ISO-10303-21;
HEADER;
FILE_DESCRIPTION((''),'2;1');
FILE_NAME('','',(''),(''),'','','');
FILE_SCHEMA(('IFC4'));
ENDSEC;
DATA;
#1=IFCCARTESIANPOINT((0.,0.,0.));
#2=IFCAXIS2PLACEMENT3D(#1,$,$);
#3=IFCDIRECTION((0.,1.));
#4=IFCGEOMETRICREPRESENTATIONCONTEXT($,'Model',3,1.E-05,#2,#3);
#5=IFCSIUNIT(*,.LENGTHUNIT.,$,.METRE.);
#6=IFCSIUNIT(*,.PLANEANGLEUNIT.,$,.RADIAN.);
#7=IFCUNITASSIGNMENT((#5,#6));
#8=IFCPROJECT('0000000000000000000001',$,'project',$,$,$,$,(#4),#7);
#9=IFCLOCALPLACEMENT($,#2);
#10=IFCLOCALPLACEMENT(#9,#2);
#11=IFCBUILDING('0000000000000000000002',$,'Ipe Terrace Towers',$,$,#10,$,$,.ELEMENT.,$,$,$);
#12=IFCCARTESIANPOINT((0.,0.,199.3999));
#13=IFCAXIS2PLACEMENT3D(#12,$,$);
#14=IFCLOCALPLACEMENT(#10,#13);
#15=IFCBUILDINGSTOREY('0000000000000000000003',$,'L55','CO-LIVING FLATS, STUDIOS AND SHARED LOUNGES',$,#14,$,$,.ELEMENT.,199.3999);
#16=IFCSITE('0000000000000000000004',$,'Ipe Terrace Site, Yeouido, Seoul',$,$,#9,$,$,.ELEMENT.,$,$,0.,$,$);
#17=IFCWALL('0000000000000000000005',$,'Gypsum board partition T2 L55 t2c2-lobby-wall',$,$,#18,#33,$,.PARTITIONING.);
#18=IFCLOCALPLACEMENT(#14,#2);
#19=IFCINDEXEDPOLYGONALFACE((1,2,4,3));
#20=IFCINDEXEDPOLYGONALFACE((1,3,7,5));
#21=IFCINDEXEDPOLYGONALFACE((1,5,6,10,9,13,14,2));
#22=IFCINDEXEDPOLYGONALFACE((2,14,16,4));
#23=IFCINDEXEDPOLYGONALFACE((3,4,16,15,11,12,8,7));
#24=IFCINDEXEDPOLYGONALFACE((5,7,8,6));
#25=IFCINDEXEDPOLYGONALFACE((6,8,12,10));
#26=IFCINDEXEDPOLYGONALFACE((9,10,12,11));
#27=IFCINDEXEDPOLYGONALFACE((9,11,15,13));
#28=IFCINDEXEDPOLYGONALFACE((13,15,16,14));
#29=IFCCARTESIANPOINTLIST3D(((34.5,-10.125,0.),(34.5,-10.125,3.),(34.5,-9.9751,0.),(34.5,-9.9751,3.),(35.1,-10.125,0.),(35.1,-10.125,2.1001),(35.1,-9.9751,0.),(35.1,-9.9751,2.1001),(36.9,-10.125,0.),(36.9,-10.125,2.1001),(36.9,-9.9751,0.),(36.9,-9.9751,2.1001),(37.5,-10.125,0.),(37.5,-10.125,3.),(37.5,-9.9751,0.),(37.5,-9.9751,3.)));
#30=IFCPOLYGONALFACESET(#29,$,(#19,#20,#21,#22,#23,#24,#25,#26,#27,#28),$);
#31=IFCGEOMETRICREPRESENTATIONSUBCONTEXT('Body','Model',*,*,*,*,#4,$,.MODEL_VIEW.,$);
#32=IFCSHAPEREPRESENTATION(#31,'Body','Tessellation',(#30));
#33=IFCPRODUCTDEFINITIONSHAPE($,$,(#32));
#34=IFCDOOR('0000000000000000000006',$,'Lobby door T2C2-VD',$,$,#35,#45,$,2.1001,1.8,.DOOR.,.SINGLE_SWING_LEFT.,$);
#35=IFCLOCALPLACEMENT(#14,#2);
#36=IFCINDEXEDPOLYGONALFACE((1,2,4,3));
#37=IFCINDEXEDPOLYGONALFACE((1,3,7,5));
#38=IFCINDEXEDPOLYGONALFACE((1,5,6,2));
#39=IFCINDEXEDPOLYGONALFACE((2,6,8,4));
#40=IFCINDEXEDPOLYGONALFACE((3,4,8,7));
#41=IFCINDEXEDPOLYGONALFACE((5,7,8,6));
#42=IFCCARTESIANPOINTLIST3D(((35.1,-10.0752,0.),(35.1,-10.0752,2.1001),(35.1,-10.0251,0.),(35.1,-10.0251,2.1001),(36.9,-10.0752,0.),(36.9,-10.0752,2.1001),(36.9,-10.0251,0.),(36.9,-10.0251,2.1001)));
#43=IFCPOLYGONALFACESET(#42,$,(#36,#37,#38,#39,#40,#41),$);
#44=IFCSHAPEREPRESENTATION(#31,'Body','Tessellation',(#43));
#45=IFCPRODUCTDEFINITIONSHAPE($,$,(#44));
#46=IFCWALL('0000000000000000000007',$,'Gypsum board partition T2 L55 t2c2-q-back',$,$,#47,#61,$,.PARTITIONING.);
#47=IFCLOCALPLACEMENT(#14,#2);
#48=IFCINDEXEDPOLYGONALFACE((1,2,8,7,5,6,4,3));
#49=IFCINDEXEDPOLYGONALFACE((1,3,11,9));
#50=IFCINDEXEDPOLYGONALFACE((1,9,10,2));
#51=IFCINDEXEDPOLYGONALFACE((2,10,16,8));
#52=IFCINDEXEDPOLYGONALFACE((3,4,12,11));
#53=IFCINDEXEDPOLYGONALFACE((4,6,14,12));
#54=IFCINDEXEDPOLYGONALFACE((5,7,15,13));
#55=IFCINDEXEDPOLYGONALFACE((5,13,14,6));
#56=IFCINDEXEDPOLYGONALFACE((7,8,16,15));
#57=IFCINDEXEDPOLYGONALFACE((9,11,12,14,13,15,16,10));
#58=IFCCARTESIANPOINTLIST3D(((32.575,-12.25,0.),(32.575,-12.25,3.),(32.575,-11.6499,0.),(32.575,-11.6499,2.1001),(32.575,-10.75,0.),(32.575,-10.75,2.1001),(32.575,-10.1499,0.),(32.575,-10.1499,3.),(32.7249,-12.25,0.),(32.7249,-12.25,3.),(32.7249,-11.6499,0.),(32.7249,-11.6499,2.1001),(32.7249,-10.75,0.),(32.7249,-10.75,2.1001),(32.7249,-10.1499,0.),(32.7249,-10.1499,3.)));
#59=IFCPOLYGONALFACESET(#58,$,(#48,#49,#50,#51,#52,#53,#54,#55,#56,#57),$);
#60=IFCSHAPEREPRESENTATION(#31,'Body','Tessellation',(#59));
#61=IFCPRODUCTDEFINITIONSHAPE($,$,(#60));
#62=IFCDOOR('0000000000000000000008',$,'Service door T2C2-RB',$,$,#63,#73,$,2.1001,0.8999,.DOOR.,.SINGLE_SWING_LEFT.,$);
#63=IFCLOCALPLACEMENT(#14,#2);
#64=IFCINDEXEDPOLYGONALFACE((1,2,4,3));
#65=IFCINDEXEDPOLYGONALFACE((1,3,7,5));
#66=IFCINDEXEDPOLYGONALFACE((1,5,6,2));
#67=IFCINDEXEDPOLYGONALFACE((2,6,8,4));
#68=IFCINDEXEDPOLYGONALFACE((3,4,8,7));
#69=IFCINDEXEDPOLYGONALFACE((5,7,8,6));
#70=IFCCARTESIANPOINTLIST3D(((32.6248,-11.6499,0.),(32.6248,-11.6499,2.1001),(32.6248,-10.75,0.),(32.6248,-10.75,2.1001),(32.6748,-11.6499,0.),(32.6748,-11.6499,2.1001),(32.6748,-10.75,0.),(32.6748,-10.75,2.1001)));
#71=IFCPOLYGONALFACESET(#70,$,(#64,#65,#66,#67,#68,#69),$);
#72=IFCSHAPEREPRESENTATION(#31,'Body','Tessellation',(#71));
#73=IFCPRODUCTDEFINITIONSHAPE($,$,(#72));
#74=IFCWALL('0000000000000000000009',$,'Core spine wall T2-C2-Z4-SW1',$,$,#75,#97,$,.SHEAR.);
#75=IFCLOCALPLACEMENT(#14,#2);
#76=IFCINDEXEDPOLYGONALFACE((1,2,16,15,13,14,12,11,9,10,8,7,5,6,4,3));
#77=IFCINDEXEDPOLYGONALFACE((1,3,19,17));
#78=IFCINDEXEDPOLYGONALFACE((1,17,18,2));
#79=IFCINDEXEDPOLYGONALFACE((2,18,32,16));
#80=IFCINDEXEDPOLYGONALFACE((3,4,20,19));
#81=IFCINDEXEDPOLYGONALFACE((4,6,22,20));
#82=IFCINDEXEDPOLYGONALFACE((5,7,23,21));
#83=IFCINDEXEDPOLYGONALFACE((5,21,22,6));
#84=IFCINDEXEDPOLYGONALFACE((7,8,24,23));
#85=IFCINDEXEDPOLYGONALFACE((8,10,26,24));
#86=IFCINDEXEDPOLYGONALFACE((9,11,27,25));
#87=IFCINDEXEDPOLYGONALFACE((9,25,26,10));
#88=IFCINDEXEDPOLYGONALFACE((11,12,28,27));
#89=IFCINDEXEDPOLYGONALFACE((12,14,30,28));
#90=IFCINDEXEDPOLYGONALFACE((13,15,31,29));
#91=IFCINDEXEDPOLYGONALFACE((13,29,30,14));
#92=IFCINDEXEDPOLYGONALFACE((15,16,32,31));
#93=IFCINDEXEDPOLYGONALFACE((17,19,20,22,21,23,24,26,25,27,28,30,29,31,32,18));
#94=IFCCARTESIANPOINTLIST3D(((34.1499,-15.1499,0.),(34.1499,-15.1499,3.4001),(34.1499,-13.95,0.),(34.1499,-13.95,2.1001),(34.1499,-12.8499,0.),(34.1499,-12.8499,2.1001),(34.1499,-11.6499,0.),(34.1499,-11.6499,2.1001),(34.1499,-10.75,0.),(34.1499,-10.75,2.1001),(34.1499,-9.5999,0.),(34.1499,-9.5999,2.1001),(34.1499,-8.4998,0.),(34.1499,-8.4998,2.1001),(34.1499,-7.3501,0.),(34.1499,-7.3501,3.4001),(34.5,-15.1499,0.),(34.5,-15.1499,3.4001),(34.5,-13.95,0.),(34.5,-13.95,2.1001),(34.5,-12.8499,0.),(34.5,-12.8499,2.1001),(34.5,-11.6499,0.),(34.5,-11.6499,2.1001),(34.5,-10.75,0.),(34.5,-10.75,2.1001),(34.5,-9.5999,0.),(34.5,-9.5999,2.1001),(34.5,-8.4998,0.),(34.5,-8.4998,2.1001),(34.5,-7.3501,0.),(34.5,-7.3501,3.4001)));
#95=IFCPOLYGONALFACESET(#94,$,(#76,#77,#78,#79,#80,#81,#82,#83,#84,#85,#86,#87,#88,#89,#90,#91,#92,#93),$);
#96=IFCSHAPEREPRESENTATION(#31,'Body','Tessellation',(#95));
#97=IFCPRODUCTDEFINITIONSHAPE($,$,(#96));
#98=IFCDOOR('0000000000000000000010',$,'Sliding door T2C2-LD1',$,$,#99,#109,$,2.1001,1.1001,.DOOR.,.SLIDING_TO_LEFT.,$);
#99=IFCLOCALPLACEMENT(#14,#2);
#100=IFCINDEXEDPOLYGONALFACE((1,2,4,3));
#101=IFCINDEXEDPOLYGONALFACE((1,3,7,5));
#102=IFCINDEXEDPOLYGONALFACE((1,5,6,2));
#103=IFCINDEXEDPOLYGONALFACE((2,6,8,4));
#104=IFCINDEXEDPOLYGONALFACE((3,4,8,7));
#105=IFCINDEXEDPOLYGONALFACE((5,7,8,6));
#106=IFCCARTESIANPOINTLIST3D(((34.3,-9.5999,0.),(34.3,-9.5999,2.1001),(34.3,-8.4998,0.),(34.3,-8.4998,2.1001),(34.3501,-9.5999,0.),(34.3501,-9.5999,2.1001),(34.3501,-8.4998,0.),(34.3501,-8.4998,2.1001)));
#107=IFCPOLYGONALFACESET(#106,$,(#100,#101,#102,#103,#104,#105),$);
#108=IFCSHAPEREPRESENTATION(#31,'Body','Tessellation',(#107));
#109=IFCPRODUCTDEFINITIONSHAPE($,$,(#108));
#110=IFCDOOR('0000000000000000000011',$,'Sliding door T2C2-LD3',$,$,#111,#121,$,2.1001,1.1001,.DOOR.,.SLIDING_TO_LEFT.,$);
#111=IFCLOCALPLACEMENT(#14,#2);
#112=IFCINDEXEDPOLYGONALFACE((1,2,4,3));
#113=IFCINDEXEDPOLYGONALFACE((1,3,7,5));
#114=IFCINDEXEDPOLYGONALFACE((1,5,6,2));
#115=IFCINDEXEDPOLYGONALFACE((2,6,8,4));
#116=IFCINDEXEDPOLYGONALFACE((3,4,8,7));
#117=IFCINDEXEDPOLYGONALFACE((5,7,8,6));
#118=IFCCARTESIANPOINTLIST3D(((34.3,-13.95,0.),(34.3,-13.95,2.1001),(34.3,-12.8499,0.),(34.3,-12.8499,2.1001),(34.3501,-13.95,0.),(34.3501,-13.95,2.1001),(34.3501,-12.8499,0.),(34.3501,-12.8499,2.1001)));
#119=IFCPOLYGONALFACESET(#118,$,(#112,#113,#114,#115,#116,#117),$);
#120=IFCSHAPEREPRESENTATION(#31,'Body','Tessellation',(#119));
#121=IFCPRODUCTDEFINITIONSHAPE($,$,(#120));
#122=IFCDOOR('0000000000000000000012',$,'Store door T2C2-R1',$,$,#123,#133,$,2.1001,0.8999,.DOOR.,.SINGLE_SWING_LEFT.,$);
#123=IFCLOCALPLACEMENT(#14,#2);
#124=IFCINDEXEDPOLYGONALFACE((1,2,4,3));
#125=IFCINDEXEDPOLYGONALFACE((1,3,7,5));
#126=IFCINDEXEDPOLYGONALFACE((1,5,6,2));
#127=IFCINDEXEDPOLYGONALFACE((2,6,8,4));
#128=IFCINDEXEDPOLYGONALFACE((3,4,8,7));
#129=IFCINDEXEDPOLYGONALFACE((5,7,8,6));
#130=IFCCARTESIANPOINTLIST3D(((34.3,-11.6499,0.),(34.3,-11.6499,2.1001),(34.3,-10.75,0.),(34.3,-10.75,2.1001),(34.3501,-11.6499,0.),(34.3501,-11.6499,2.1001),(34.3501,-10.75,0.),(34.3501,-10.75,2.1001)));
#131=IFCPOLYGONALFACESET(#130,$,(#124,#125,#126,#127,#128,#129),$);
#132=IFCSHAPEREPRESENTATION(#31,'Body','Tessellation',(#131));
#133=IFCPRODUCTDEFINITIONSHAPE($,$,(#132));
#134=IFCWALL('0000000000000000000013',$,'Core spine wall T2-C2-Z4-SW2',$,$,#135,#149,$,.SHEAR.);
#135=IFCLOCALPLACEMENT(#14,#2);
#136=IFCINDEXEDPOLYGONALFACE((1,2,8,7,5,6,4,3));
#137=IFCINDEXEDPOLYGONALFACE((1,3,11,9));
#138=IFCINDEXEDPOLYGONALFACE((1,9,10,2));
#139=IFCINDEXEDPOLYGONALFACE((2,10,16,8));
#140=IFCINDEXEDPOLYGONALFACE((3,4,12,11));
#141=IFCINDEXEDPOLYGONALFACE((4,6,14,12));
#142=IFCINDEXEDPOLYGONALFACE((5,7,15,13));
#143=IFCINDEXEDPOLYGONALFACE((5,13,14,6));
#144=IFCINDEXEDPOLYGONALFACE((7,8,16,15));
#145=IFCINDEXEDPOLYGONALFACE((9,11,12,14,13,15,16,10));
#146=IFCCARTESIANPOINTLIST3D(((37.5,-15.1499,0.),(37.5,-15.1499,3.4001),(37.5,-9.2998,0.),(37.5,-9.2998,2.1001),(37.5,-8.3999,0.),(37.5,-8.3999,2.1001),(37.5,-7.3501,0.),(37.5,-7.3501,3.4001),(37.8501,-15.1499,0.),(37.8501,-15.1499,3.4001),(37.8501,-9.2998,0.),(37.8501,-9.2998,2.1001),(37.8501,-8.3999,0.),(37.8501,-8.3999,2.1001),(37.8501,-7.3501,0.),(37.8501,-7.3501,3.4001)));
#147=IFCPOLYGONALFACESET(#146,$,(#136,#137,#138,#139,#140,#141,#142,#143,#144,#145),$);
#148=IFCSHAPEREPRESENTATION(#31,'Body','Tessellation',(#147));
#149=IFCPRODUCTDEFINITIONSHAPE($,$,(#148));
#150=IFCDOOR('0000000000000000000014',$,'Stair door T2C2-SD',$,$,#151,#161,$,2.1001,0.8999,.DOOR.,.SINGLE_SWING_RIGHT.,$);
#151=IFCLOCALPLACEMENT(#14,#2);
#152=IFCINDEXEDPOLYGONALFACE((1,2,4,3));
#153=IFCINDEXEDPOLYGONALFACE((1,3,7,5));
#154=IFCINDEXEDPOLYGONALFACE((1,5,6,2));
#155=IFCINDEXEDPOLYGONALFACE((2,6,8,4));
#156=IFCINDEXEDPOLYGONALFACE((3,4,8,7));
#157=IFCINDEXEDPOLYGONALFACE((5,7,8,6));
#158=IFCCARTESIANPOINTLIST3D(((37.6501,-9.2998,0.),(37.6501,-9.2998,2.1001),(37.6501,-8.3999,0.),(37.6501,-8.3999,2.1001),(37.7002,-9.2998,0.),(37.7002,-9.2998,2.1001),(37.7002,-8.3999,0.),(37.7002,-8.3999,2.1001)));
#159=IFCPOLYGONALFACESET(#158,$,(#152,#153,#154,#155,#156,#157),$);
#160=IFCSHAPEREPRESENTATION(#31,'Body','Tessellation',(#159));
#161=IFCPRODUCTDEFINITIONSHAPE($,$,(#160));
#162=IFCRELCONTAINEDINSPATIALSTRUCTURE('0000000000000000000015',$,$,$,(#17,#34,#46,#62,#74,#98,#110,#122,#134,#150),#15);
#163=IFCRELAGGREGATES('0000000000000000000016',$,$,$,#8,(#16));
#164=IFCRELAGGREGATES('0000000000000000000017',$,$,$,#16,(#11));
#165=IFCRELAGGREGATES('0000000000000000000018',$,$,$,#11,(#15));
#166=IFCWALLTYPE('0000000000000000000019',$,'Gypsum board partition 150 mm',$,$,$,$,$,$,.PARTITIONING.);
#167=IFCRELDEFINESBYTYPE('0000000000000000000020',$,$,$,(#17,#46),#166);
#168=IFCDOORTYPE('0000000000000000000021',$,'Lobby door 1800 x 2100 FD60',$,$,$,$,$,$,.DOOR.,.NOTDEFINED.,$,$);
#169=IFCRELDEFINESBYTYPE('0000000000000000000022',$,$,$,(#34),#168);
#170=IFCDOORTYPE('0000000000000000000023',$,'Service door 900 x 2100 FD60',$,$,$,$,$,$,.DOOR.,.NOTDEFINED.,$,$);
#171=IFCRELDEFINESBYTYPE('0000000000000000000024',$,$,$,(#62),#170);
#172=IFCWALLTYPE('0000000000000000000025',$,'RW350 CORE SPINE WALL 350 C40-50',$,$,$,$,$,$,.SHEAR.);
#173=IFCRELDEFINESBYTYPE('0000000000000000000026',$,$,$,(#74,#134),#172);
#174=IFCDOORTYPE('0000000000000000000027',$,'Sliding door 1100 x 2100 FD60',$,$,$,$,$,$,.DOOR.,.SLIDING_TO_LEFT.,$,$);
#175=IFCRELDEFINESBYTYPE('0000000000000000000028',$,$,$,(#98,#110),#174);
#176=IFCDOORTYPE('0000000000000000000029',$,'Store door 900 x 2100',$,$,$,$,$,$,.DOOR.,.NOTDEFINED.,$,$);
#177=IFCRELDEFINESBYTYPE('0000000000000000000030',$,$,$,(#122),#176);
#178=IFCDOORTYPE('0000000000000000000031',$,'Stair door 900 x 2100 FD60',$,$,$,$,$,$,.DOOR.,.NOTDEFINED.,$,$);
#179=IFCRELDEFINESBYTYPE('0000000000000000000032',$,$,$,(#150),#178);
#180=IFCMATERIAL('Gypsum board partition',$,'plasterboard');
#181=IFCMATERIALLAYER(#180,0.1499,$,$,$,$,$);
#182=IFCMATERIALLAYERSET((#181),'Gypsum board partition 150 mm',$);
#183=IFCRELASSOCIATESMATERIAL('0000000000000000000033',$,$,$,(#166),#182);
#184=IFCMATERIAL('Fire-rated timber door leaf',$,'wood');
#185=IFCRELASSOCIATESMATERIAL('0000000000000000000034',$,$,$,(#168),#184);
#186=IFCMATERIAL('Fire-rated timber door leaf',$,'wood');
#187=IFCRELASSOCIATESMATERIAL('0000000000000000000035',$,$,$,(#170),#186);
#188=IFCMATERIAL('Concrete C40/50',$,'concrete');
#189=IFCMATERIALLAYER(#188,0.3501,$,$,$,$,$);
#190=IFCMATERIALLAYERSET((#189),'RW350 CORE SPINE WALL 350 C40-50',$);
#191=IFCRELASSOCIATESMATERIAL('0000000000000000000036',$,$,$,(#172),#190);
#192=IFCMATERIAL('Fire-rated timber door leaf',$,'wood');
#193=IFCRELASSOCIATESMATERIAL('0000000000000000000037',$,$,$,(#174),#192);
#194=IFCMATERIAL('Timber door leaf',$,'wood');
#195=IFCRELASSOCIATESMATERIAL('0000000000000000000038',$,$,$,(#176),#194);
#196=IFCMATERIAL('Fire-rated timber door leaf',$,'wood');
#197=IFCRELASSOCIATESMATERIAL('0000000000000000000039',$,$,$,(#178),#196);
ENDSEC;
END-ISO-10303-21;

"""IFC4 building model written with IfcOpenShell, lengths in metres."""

from ifc_helpers import new_model, si_unit, direction, frame, frame_2d, origin, place, context, subcontext, project, spatial, rectangle, extrude, material, layer, layer_set, type_object, element, fill, save


model = new_model("IFC4")

# Units and contexts
model_context = context("Model", 3, precision=1e-05, world=origin(), true_north=direction((0.0, 1.0)))
body_context = subcontext(model_context, "Body", "Model", "MODEL_VIEW")
ifc_project = project(units=[si_unit("LENGTHUNIT", "METRE"), si_unit("PLANEANGLEUNIT", "RADIAN")], contexts=[model_context])

# Site, building, storey
site_placement = place(None, origin())
site = spatial("IfcSite", under=ifc_project, at=site_placement, Name="Ipe Terrace Site, Yeouido, Seoul", CompositionType="ELEMENT", RefElevation=0.0)
building_placement = place(site_placement, origin())
building = spatial("IfcBuilding", under=site, at=building_placement, Name="Ipe Terrace Towers", CompositionType="ELEMENT")
storey_placement = place(building_placement, frame((0.0, 0.0, 199.3999)))
storey = spatial("IfcBuildingStorey", under=building, at=storey_placement, Name="L55", Description="CO-LIVING FLATS, STUDIOS AND SHARED LOUNGES", CompositionType="ELEMENT", Elevation=199.3999)

# Walls, openings, doors
ifc_material_1 = material(Name="Gypsum board partition", Category="plasterboard")
ifc_layer_1 = layer(ifc_material_1, 0.1499)
ifc_layer_set_1 = layer_set([ifc_layer_1], Name="Gypsum board partition 150 mm")
wall_type_1 = type_object("IfcWallType", Name="Gypsum board partition 150 mm", PredefinedType="PARTITIONING", material=ifc_layer_set_1)
wall_1_placement = place(storey_placement, frame((34.5, -10.05, 0.0), z_axis=(0.0, 0.0, 1.0), x_axis=(1.0, 0.0, 0.0)))
wall_1 = element("IfcWall", 1, at=wall_1_placement, inside=storey, type_object=wall_type_1, Name="Gypsum board partition T2 L55 t2c2-lobby-wall", PredefinedType="PARTITIONING", context=body_context, shape_type="SweptSolid", body=[
    extrude(rectangle(XDim=3.0, YDim=0.1499, at=frame_2d((1.5, 0.0))), origin(), (0.0, 0.0, 1.0), 3.0),
])
opening_1_placement = place(wall_1_placement, frame((0.6001, 0.0, 0.0)))
opening_1 = element("IfcOpeningElement", 2, at=opening_1_placement, cuts=wall_1, PredefinedType="OPENING", context=body_context, shape_type="SweptSolid", body=[
    extrude(rectangle(XDim=1.8, YDim=2.1001, at=frame_2d((0.8999, 1.05))), frame((0.0, 0.085, 0.0), z_axis=(0.0, -1.0, 0.0), x_axis=(1.0, 0.0, 0.0)), (0.0, 0.0, 1.0), 0.1699),
])
ifc_material_2 = material(Name="Fire-rated timber door leaf", Category="wood")
door_type_1 = type_object("IfcDoorType", Name="Lobby door 1800 x 2100 FD60", OperationType="NOTDEFINED", PredefinedType="DOOR", material=ifc_material_2)
door_1_placement = place(opening_1_placement, origin())
door_1 = element("IfcDoor", 3, at=door_1_placement, inside=storey, type_object=door_type_1, Name="Lobby door T2C2-VD", OperationType="SINGLE_SWING_LEFT", OverallHeight=2.1001, OverallWidth=1.8, PredefinedType="DOOR", context=body_context, shape_type="SweptSolid", body=[
    extrude(rectangle(XDim=1.8, YDim=2.1001, at=frame_2d((0.8999, 1.05))), frame((0.0, 0.0249, 0.0), z_axis=(0.0, -1.0, 0.0), x_axis=(1.0, 0.0, 0.0)), (0.0, 0.0, 1.0), 0.05),
])
fill(opening_1, door_1)
wall_2_placement = place(storey_placement, frame((32.6499, -10.1499, 0.0), z_axis=(0.0, 0.0, 1.0), x_axis=(0.0, -1.0, 0.0)))
wall_2 = element("IfcWall", 4, at=wall_2_placement, inside=storey, type_object=wall_type_1, Name="Gypsum board partition T2 L55 t2c2-q-back", PredefinedType="PARTITIONING", context=body_context, shape_type="SweptSolid", body=[
    extrude(rectangle(XDim=2.1001, YDim=0.1499, at=frame_2d((1.05, 0.0))), origin(), (0.0, 0.0, 1.0), 3.0),
])
opening_2_placement = place(wall_2_placement, frame((0.6001, 0.0, 0.0)))
opening_2 = element("IfcOpeningElement", 5, at=opening_2_placement, cuts=wall_2, PredefinedType="OPENING", context=body_context, shape_type="SweptSolid", body=[
    extrude(rectangle(XDim=0.8999, YDim=2.1001, at=frame_2d((0.45, 1.05))), frame((0.0, 0.085, 0.0), z_axis=(0.0, -1.0, 0.0), x_axis=(1.0, 0.0, 0.0)), (0.0, 0.0, 1.0), 0.1699),
])
ifc_material_3 = material(Name="Fire-rated timber door leaf", Category="wood")
door_type_2 = type_object("IfcDoorType", Name="Service door 900 x 2100 FD60", OperationType="NOTDEFINED", PredefinedType="DOOR", material=ifc_material_3)
door_2_placement = place(opening_2_placement, origin())
door_2 = element("IfcDoor", 6, at=door_2_placement, inside=storey, type_object=door_type_2, Name="Service door T2C2-RB", OperationType="SINGLE_SWING_LEFT", OverallHeight=2.1001, OverallWidth=0.8999, PredefinedType="DOOR", context=body_context, shape_type="SweptSolid", body=[
    extrude(rectangle(XDim=0.8999, YDim=2.1001, at=frame_2d((0.45, 1.05))), frame((0.0, 0.0249, 0.0), z_axis=(0.0, -1.0, 0.0), x_axis=(1.0, 0.0, 0.0)), (0.0, 0.0, 1.0), 0.05),
])
fill(opening_2, door_2)

# Wall, openings, doors
ifc_material_4 = material(Name="Concrete C40/50", Category="concrete")
ifc_layer_2 = layer(ifc_material_4, 0.3501)
ifc_layer_set_2 = layer_set([ifc_layer_2], Name="RW350 CORE SPINE WALL 350 C40-50")
wall_type_2 = type_object("IfcWallType", Name="RW350 CORE SPINE WALL 350 C40-50", PredefinedType="SHEAR", material=ifc_layer_set_2)
wall_3_placement = place(storey_placement, frame((34.325, -15.1499, 0.0), z_axis=(0.0, 0.0, 1.0), x_axis=(0.0, 1.0, 0.0)))
wall_3 = element("IfcWall", 7, at=wall_3_placement, inside=storey, type_object=wall_type_2, Name="Core spine wall T2-C2-Z4-SW1", PredefinedType="SHEAR", context=body_context, shape_type="SweptSolid", body=[
    extrude(rectangle(XDim=7.7998, YDim=0.3501, at=frame_2d((3.8999, 0.0))), origin(), (0.0, 0.0, 1.0), 3.4001),
])
opening_3_placement = place(wall_3_placement, frame((5.55, 0.0, 0.0)))
opening_3 = element("IfcOpeningElement", 8, at=opening_3_placement, cuts=wall_3, PredefinedType="OPENING", context=body_context, shape_type="SweptSolid", body=[
    extrude(rectangle(XDim=1.1001, YDim=2.1001, at=frame_2d((0.55, 1.05))), frame((0.0, 0.1851, 0.0), z_axis=(0.0, -1.0, 0.0), x_axis=(1.0, 0.0, 0.0)), (0.0, 0.0, 1.0), 0.3701),
])
opening_4_placement = place(wall_3_placement, frame((1.2, 0.0, 0.0)))
opening_4 = element("IfcOpeningElement", 9, at=opening_4_placement, cuts=wall_3, PredefinedType="OPENING", context=body_context, shape_type="SweptSolid", body=[
    extrude(rectangle(XDim=1.1001, YDim=2.1001, at=frame_2d((0.55, 1.05))), frame((0.0, 0.1851, 0.0), z_axis=(0.0, -1.0, 0.0), x_axis=(1.0, 0.0, 0.0)), (0.0, 0.0, 1.0), 0.3701),
])
opening_5_placement = place(wall_3_placement, frame((3.5, 0.0, 0.0)))
opening_5 = element("IfcOpeningElement", 10, at=opening_5_placement, cuts=wall_3, PredefinedType="OPENING", context=body_context, shape_type="SweptSolid", body=[
    extrude(rectangle(XDim=0.8999, YDim=2.1001, at=frame_2d((0.45, 1.05))), frame((0.0, 0.1851, 0.0), z_axis=(0.0, -1.0, 0.0), x_axis=(1.0, 0.0, 0.0)), (0.0, 0.0, 1.0), 0.3701),
])
ifc_material_5 = material(Name="Fire-rated timber door leaf", Category="wood")
door_type_3 = type_object("IfcDoorType", Name="Sliding door 1100 x 2100 FD60", OperationType="SLIDING_TO_LEFT", PredefinedType="DOOR", material=ifc_material_5)
door_3_placement = place(opening_3_placement, origin())
door_3 = element("IfcDoor", 11, at=door_3_placement, inside=storey, type_object=door_type_3, Name="Sliding door T2C2-LD1", OperationType="SLIDING_TO_LEFT", OverallHeight=2.1001, OverallWidth=1.1001, PredefinedType="DOOR", context=body_context, shape_type="SweptSolid", body=[
    extrude(rectangle(XDim=1.1001, YDim=2.1001, at=frame_2d((0.55, 1.05))), frame((0.0, 0.0249, 0.0), z_axis=(0.0, -1.0, 0.0), x_axis=(1.0, 0.0, 0.0)), (0.0, 0.0, 1.0), 0.05),
])
fill(opening_3, door_3)
door_4_placement = place(opening_4_placement, origin())
door_4 = element("IfcDoor", 12, at=door_4_placement, inside=storey, type_object=door_type_3, Name="Sliding door T2C2-LD3", OperationType="SLIDING_TO_LEFT", OverallHeight=2.1001, OverallWidth=1.1001, PredefinedType="DOOR", context=body_context, shape_type="SweptSolid", body=[
    extrude(rectangle(XDim=1.1001, YDim=2.1001, at=frame_2d((0.55, 1.05))), frame((0.0, 0.0249, 0.0), z_axis=(0.0, -1.0, 0.0), x_axis=(1.0, 0.0, 0.0)), (0.0, 0.0, 1.0), 0.05),
])
fill(opening_4, door_4)
ifc_material_6 = material(Name="Timber door leaf", Category="wood")
door_type_4 = type_object("IfcDoorType", Name="Store door 900 x 2100", OperationType="NOTDEFINED", PredefinedType="DOOR", material=ifc_material_6)
door_5_placement = place(opening_5_placement, origin())
door_5 = element("IfcDoor", 13, at=door_5_placement, inside=storey, type_object=door_type_4, Name="Store door T2C2-R1", OperationType="SINGLE_SWING_LEFT", OverallHeight=2.1001, OverallWidth=0.8999, PredefinedType="DOOR", context=body_context, shape_type="SweptSolid", body=[
    extrude(rectangle(XDim=0.8999, YDim=2.1001, at=frame_2d((0.45, 1.05))), frame((0.0, 0.0249, 0.0), z_axis=(0.0, -1.0, 0.0), x_axis=(1.0, 0.0, 0.0)), (0.0, 0.0, 1.0), 0.05),
])
fill(opening_5, door_5)

# Wall, opening, door
wall_4_placement = place(storey_placement, frame((37.675, -15.1499, 0.0), z_axis=(0.0, 0.0, 1.0), x_axis=(0.0, 1.0, 0.0)))
wall_4 = element("IfcWall", 14, at=wall_4_placement, inside=storey, type_object=wall_type_2, Name="Core spine wall T2-C2-Z4-SW2", PredefinedType="SHEAR", context=body_context, shape_type="SweptSolid", body=[
    extrude(rectangle(XDim=7.7998, YDim=0.3501, at=frame_2d((3.8999, 0.0))), origin(), (0.0, 0.0, 1.0), 3.4001),
])
opening_6_placement = place(wall_4_placement, frame((5.8501, 0.0, 0.0)))
opening_6 = element("IfcOpeningElement", 15, at=opening_6_placement, cuts=wall_4, PredefinedType="OPENING", context=body_context, shape_type="SweptSolid", body=[
    extrude(rectangle(XDim=0.8999, YDim=2.1001, at=frame_2d((0.45, 1.05))), frame((0.0, 0.1851, 0.0), z_axis=(0.0, -1.0, 0.0), x_axis=(1.0, 0.0, 0.0)), (0.0, 0.0, 1.0), 0.3701),
])
ifc_material_7 = material(Name="Fire-rated timber door leaf", Category="wood")
door_type_5 = type_object("IfcDoorType", Name="Stair door 900 x 2100 FD60", OperationType="NOTDEFINED", PredefinedType="DOOR", material=ifc_material_7)
door_6_placement = place(opening_6_placement, origin())
door_6 = element("IfcDoor", 16, at=door_6_placement, inside=storey, type_object=door_type_5, Name="Stair door T2C2-SD", OperationType="SINGLE_SWING_RIGHT", OverallHeight=2.1001, OverallWidth=0.8999, PredefinedType="DOOR", context=body_context, shape_type="SweptSolid", body=[
    extrude(rectangle(XDim=0.8999, YDim=2.1001, at=frame_2d((0.45, 1.05))), frame((0.0, 0.0249, 0.0), z_axis=(0.0, -1.0, 0.0), x_axis=(1.0, 0.0, 0.0)), (0.0, 0.0, 1.0), 0.05),
])
fill(opening_6, door_6)

save(model, "model.ifc")
